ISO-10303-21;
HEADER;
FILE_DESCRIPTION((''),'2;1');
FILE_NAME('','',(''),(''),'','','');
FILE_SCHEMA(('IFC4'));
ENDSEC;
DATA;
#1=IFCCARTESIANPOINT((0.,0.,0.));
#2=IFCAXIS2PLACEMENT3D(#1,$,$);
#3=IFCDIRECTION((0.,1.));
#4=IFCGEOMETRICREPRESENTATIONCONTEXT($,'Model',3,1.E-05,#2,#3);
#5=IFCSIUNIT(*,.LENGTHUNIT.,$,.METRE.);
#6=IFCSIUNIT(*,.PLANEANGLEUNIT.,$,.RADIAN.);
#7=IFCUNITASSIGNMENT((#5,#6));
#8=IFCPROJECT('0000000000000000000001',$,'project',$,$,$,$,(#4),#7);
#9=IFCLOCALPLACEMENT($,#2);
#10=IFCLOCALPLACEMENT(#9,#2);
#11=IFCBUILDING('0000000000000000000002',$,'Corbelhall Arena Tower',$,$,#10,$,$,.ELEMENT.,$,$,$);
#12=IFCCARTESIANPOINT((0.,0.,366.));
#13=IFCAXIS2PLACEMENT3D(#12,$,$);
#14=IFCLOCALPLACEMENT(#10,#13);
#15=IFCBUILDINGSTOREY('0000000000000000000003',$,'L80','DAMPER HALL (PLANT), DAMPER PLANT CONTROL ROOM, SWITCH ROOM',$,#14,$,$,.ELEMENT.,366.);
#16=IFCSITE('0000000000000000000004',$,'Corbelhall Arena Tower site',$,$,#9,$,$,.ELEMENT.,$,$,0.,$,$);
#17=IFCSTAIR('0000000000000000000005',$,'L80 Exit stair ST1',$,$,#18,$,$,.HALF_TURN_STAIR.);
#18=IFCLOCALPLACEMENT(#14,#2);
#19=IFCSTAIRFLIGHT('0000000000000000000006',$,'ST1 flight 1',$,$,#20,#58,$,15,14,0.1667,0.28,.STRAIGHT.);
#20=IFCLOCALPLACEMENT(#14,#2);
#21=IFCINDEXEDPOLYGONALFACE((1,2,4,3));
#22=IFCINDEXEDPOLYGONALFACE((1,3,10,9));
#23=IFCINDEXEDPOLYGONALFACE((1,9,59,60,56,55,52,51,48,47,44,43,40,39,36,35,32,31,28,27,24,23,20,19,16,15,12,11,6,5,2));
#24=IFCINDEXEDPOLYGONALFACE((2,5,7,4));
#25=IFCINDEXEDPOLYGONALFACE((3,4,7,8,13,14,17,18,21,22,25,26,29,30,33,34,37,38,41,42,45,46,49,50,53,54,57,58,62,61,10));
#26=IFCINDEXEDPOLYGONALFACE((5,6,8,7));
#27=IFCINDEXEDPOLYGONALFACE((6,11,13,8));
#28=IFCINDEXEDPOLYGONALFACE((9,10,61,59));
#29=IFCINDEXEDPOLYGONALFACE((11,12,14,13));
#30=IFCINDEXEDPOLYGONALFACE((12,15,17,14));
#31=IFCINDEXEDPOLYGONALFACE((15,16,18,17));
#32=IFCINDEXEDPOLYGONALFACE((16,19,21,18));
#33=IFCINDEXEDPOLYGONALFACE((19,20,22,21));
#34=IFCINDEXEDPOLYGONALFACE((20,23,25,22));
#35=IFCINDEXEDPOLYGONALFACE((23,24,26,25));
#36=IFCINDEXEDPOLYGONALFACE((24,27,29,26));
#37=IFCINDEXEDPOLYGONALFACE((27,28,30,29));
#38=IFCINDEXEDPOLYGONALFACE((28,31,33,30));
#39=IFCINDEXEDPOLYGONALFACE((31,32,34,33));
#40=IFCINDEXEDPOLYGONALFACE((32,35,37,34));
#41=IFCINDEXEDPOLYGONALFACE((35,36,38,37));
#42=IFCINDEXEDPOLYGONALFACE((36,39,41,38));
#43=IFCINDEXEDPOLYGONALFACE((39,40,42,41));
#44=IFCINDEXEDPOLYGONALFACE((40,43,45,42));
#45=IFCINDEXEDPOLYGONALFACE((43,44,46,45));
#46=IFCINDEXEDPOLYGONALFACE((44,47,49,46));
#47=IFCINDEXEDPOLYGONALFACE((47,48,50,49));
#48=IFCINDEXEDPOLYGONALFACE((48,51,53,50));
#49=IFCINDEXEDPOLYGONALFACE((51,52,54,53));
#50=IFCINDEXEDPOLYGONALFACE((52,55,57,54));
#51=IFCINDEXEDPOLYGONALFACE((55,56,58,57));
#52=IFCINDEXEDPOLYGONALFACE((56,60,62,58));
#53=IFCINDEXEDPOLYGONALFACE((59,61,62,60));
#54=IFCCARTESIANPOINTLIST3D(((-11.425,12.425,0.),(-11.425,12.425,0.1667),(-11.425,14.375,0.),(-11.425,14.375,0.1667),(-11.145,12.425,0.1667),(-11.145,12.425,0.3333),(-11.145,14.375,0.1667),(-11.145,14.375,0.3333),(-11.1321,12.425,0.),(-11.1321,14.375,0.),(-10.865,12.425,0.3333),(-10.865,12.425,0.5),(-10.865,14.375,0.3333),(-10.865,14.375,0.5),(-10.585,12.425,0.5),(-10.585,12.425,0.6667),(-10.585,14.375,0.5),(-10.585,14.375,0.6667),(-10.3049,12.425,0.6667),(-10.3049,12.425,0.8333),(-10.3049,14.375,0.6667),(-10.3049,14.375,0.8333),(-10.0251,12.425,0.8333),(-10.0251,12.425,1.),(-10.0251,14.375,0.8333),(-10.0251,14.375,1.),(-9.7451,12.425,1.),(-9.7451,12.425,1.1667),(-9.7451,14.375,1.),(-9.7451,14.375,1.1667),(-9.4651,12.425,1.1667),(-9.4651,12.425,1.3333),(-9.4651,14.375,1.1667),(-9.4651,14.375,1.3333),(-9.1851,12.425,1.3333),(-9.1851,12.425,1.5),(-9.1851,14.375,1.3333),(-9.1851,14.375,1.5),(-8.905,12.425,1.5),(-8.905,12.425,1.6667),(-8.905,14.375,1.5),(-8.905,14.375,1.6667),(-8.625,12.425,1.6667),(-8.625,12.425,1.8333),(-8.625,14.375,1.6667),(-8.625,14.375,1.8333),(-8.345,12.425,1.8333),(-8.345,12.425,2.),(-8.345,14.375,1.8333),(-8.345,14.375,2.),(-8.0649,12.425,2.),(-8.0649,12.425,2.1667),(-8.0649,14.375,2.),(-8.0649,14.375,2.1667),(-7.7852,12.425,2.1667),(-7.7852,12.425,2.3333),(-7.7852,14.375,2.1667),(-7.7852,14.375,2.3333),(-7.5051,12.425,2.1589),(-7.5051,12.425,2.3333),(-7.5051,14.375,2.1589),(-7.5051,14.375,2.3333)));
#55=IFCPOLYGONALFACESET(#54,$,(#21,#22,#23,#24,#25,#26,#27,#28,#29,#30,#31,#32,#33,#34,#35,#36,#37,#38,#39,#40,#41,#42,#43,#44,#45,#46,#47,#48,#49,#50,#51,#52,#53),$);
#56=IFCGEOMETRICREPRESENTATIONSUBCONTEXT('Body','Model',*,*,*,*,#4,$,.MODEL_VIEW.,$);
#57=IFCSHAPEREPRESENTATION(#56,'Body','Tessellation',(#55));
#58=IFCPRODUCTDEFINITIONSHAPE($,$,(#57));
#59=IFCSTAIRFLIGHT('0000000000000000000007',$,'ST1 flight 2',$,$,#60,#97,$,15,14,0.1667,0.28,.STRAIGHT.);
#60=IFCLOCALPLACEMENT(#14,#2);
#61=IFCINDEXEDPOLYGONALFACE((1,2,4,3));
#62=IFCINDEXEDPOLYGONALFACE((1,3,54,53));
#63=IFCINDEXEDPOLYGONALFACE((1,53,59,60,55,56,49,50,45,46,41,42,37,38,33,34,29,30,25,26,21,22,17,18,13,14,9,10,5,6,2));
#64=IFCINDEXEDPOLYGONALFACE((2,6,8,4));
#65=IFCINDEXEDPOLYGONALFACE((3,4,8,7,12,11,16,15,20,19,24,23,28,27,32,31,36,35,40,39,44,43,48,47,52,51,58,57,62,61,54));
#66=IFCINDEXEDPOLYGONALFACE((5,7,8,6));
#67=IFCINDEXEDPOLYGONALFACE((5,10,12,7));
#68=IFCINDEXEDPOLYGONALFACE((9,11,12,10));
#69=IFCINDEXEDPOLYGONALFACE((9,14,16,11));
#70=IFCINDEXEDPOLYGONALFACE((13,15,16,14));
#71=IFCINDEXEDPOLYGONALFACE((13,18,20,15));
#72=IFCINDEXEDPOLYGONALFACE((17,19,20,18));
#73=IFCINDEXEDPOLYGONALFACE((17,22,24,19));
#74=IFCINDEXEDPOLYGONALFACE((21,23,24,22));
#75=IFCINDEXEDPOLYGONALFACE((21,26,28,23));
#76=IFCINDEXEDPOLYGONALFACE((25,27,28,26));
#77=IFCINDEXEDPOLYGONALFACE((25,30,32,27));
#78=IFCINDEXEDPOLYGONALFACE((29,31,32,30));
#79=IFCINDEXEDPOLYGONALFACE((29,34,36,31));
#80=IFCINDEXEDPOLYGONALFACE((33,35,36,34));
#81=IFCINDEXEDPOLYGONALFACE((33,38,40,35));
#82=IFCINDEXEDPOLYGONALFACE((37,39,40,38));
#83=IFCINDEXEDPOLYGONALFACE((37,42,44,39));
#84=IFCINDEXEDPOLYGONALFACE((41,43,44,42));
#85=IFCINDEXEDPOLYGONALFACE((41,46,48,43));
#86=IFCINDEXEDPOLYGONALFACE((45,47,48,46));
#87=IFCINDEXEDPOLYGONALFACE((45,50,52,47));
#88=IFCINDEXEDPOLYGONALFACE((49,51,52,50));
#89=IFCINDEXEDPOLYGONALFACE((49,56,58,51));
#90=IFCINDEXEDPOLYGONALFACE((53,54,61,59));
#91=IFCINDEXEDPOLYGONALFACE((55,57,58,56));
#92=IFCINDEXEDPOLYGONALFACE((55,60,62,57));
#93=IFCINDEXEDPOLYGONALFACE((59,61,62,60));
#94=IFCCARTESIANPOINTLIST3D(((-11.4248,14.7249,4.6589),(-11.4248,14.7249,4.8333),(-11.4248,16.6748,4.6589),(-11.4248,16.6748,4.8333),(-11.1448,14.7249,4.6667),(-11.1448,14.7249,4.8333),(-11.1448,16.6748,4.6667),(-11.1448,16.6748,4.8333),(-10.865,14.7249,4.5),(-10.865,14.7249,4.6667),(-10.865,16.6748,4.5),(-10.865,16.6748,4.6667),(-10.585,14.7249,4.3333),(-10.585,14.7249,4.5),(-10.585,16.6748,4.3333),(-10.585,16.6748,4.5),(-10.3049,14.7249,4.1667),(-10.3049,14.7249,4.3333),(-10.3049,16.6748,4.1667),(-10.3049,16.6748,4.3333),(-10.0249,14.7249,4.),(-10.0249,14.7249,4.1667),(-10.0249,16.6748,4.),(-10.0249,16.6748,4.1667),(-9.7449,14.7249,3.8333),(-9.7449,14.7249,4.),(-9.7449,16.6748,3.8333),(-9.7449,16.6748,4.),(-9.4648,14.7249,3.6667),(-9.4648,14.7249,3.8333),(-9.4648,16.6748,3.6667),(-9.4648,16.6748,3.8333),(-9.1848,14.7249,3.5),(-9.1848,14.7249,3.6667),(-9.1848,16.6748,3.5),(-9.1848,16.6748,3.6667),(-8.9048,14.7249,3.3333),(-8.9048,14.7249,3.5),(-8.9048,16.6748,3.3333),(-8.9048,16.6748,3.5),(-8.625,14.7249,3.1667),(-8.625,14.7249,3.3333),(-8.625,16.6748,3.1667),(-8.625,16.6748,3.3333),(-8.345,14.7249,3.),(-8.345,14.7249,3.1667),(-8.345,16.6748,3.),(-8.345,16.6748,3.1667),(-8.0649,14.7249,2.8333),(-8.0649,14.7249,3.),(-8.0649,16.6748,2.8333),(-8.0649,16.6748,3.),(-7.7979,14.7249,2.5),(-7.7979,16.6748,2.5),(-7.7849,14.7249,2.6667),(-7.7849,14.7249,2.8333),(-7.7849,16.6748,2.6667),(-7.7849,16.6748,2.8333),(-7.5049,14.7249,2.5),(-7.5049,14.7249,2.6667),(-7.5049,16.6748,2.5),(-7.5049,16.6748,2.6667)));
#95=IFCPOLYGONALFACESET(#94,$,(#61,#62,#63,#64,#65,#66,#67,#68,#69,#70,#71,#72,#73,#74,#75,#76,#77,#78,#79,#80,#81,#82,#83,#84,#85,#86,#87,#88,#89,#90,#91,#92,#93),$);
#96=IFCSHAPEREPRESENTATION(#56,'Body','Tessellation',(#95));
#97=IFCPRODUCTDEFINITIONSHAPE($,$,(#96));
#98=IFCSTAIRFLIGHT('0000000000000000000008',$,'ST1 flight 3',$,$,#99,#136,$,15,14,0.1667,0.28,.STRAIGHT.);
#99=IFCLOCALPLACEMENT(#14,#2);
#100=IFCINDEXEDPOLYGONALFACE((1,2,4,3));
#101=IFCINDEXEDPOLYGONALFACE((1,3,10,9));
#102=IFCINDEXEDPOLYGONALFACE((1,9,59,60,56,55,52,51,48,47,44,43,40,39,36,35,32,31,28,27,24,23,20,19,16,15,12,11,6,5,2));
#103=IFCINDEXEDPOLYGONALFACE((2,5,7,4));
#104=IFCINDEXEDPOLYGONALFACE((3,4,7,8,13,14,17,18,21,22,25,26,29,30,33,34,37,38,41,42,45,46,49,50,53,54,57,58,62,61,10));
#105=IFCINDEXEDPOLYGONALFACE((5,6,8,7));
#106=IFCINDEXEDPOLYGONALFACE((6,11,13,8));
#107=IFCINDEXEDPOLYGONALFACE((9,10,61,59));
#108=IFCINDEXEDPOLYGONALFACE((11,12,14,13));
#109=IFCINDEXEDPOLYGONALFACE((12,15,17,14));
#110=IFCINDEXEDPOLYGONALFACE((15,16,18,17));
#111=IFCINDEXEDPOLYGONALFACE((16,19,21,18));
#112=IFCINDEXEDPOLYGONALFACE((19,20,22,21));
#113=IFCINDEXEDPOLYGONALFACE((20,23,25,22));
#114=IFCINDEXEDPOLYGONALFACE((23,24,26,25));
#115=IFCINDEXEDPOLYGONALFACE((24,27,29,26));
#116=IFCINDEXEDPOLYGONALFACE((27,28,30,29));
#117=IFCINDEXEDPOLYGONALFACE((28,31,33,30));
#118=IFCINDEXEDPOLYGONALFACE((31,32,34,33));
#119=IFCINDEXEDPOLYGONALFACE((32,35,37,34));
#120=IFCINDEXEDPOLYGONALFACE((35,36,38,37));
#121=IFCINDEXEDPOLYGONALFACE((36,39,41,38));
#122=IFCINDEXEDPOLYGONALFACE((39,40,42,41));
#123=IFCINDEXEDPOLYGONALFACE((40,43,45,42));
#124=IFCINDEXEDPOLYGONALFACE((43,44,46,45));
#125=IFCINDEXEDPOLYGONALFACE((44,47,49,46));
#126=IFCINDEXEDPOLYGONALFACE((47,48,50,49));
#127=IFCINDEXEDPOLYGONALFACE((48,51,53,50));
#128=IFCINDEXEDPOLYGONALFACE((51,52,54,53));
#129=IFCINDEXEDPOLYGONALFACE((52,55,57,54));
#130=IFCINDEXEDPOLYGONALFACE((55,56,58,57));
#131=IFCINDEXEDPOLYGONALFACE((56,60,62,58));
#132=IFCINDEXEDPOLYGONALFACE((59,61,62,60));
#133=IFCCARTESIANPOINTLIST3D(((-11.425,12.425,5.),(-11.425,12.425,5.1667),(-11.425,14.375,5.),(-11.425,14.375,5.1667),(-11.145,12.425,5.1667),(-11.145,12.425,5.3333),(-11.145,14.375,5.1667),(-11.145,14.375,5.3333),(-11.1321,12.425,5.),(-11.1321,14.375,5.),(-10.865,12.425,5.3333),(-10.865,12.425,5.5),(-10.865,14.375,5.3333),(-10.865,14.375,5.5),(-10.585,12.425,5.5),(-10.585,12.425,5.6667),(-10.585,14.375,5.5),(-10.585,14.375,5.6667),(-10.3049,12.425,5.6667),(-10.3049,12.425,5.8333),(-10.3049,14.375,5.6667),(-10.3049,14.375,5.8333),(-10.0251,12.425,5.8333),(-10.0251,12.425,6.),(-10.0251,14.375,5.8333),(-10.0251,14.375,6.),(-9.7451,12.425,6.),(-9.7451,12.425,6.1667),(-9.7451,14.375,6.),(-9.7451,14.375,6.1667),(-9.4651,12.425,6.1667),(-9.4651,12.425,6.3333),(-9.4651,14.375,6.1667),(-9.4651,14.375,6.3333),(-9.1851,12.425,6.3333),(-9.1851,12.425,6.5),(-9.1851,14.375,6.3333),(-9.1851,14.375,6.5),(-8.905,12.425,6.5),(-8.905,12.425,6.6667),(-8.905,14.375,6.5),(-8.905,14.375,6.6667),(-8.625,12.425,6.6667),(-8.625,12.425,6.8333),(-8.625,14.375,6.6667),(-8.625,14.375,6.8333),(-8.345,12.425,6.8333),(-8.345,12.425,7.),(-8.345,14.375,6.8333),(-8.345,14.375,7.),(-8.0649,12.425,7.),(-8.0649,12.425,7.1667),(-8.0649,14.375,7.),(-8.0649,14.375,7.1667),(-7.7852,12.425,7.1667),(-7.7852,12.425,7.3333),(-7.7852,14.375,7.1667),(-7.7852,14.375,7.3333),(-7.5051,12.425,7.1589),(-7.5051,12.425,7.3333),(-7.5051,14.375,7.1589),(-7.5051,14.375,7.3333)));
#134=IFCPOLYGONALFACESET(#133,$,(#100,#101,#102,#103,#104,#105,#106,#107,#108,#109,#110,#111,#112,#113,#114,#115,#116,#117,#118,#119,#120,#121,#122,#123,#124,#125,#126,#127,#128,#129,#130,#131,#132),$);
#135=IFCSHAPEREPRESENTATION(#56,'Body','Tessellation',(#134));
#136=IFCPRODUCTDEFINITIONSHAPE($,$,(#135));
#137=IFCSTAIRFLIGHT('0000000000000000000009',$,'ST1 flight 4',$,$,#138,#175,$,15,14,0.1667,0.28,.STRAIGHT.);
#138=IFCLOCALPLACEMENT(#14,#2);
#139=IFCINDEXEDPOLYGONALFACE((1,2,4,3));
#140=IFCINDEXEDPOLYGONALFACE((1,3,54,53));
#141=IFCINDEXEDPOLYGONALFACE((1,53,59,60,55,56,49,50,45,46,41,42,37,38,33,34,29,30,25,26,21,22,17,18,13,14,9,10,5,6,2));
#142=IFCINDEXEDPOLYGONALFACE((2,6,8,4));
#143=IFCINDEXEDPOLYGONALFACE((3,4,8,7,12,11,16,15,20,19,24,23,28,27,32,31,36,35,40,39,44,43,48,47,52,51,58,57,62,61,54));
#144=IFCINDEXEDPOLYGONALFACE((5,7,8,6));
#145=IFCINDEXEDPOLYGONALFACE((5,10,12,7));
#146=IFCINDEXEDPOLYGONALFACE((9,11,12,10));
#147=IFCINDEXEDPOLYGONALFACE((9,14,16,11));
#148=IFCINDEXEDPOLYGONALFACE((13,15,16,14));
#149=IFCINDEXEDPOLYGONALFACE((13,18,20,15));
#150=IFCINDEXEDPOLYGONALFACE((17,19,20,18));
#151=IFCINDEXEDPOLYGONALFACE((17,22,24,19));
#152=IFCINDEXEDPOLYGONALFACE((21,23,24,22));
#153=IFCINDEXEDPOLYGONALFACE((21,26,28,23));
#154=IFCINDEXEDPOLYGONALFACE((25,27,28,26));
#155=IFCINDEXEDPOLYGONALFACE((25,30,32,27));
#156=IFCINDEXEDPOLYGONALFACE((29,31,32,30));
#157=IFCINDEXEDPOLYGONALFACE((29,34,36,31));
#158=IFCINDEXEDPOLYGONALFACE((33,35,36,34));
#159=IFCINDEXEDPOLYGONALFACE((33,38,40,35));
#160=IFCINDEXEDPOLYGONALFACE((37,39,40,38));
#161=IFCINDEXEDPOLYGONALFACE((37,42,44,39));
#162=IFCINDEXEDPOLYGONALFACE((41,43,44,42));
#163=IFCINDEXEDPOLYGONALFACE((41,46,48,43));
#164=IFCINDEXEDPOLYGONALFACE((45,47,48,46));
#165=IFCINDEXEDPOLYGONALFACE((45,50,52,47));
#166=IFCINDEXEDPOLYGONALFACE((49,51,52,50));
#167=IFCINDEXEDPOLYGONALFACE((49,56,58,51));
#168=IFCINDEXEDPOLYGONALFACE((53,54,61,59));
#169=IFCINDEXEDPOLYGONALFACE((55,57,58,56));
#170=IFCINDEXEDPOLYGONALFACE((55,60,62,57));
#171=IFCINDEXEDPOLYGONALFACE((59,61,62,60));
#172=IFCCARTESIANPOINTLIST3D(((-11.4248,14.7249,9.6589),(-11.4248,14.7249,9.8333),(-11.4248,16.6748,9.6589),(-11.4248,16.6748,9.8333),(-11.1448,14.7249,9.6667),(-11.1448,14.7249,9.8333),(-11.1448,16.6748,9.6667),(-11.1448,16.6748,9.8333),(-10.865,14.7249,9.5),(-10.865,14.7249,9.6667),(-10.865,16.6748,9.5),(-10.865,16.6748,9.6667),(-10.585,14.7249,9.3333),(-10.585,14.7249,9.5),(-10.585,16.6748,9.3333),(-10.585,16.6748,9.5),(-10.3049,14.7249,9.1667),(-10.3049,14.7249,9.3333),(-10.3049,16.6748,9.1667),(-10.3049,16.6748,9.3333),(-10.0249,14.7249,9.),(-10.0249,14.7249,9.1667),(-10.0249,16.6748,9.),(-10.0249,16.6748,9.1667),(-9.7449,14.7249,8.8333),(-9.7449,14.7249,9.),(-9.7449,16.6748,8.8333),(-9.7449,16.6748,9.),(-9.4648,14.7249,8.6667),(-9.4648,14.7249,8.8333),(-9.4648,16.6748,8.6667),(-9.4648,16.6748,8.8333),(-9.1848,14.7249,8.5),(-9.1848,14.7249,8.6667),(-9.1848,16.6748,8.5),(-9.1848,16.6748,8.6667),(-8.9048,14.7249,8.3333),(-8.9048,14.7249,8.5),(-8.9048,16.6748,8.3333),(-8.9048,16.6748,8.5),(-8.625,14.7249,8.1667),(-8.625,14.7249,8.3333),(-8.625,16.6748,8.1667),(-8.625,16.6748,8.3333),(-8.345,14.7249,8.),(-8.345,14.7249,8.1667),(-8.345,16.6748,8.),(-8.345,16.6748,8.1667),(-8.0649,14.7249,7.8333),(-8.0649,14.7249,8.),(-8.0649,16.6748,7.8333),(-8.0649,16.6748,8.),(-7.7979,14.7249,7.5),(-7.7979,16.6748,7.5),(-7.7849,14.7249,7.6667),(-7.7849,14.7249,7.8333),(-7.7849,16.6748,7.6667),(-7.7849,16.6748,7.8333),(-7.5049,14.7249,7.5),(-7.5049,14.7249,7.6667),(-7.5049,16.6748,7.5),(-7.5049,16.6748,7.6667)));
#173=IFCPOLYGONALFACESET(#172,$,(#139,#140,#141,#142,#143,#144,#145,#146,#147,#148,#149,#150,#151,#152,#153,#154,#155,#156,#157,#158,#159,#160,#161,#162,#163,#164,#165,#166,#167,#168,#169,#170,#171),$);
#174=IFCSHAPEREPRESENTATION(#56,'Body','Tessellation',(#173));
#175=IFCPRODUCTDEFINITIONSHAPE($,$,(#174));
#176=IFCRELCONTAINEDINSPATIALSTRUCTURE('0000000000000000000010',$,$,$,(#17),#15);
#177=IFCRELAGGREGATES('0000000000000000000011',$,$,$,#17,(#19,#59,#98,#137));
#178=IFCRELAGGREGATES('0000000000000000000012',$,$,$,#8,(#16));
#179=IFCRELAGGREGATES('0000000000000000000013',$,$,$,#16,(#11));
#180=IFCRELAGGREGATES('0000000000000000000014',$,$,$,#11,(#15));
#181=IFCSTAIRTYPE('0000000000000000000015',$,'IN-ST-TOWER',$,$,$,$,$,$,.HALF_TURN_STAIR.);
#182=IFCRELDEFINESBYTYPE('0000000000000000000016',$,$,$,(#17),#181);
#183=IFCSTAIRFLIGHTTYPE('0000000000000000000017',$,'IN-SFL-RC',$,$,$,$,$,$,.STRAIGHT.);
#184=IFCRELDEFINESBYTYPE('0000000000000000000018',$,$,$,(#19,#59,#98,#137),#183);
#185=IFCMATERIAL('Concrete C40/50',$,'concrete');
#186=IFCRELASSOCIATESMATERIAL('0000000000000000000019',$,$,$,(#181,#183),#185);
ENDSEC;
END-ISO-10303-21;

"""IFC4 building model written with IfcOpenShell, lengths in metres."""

from ifc_helpers import new_model, si_unit, direction, frame, origin, place, context, subcontext, project, spatial, polyline, outline, extrude, material, type_object, element, aggregate, save


model = new_model("IFC4")

# Units and contexts
model_context = context("Model", 3, precision=1e-05, world=origin(), true_north=direction((0.0, 1.0)))
body_context = subcontext(model_context, "Body", "Model", "MODEL_VIEW")
ifc_project = project(units=[si_unit("LENGTHUNIT", "METRE"), si_unit("PLANEANGLEUNIT", "RADIAN")], contexts=[model_context])

# Site, building, storey
site_placement = place(None, origin())
site = spatial("IfcSite", under=ifc_project, at=site_placement, Name="Corbelhall Arena Tower site", CompositionType="ELEMENT", RefElevation=0.0)
building_placement = place(site_placement, origin())
building = spatial("IfcBuilding", under=site, at=building_placement, Name="Corbelhall Arena Tower", CompositionType="ELEMENT")
storey_placement = place(building_placement, frame((0.0, 0.0, 366.0)))
storey = spatial("IfcBuildingStorey", under=building, at=storey_placement, Name="L80", Description="DAMPER HALL (PLANT), DAMPER PLANT CONTROL ROOM, SWITCH ROOM", CompositionType="ELEMENT", Elevation=366.0)

# Shared definitions
ifc_material_1 = material(Name="Concrete C40/50", Category="concrete")

# Stair, stair flights
stair_type = type_object("IfcStairType", Name="IN-ST-TOWER", PredefinedType="HALF_TURN_STAIR", material=ifc_material_1)
stair_placement = place(storey_placement, origin())
stair = element("IfcStair", 1, at=stair_placement, inside=storey, type_object=stair_type, Name="L80 Exit stair ST1", PredefinedType="HALF_TURN_STAIR")
stair_flight_type = type_object("IfcStairFlightType", Name="IN-SFL-RC", PredefinedType="STRAIGHT", material=ifc_material_1)
stair_flight_1_placement = place(storey_placement, frame((-11.425, 13.3999, 0.0), z_axis=(0.0, 0.0, 1.0), x_axis=(1.0, 0.0, 0.0)))
stair_flight_1 = element("IfcStairFlight", 2, at=stair_flight_1_placement, type_object=stair_flight_type, Name="ST1 flight 1", NumberOfRisers=15, NumberOfTreads=14, PredefinedType="STRAIGHT", RiserHeight=0.1667, TreadLength=0.28, context=body_context, shape_type="SweptSolid", body=[
    extrude(outline(polyline([(0.0, 0.0), (0.0, 0.1667), (0.28, 0.1667), (0.28, 0.3333), (0.5601, 0.3333), (0.5601, 0.5), (0.8401, 0.5), (0.8401, 0.6667), (1.1201, 0.6667), (1.1201, 0.8333), (1.3999, 0.8333), (1.3999, 1.0), (1.6799, 1.0), (1.6799, 1.1667), (1.96, 1.1667), (1.96, 1.3333), (2.24, 1.3333), (2.24, 1.5), (2.52, 1.5), (2.52, 1.6667), (2.8, 1.6667), (2.8, 1.8333), (3.0801, 1.8333), (3.0801, 2.0), (3.3601, 2.0), (3.3601, 2.1667), (3.6399, 2.1667), (3.6399, 2.3333), (3.9199, 2.3333), (3.9199, 2.5), (3.9199, 2.1589), (0.293, 0.0), (0.0, 0.0)])), frame((0.0, 0.9751, 0.0), z_axis=(0.0, -1.0, 0.0), x_axis=(1.0, 0.0, 0.0)), (0.0, 0.0, 1.0), 1.95),
])
stair_flight_2_placement = place(storey_placement, frame((-7.5049, 15.7, 2.5), z_axis=(0.0, 0.0, 1.0), x_axis=(-1.0, 0.0, 0.0)))
stair_flight_2 = element("IfcStairFlight", 3, at=stair_flight_2_placement, type_object=stair_flight_type, Name="ST1 flight 2", NumberOfRisers=15, NumberOfTreads=14, PredefinedType="STRAIGHT", RiserHeight=0.1667, TreadLength=0.28, context=body_context, shape_type="SweptSolid", body=[
    extrude(outline(polyline([(0.0, 0.0), (0.0, 0.1667), (0.28, 0.1667), (0.28, 0.3333), (0.5601, 0.3333), (0.5601, 0.5), (0.8401, 0.5), (0.8401, 0.6667), (1.1201, 0.6667), (1.1201, 0.8333), (1.3999, 0.8333), (1.3999, 1.0), (1.6799, 1.0), (1.6799, 1.1667), (1.96, 1.1667), (1.96, 1.3333), (2.24, 1.3333), (2.24, 1.5), (2.52, 1.5), (2.52, 1.6667), (2.8, 1.6667), (2.8, 1.8333), (3.0801, 1.8333), (3.0801, 2.0), (3.3601, 2.0), (3.3601, 2.1667), (3.6399, 2.1667), (3.6399, 2.3333), (3.9199, 2.3333), (3.9199, 2.5), (3.9199, 2.1589), (0.293, 0.0), (0.0, 0.0)])), frame((0.0, 0.9751, 0.0), z_axis=(0.0, -1.0, 0.0), x_axis=(1.0, 0.0, 0.0)), (0.0, 0.0, 1.0), 1.95),
])
stair_flight_3_placement = place(storey_placement, frame((-11.425, 13.3999, 5.0), z_axis=(0.0, 0.0, 1.0), x_axis=(1.0, 0.0, 0.0)))
stair_flight_3 = element("IfcStairFlight", 4, at=stair_flight_3_placement, type_object=stair_flight_type, Name="ST1 flight 3", NumberOfRisers=15, NumberOfTreads=14, PredefinedType="STRAIGHT", RiserHeight=0.1667, TreadLength=0.28, context=body_context, shape_type="SweptSolid", body=[
    extrude(outline(polyline([(0.0, 0.0), (0.0, 0.1667), (0.28, 0.1667), (0.28, 0.3333), (0.5601, 0.3333), (0.5601, 0.5), (0.8401, 0.5), (0.8401, 0.6667), (1.1201, 0.6667), (1.1201, 0.8333), (1.3999, 0.8333), (1.3999, 1.0), (1.6799, 1.0), (1.6799, 1.1667), (1.96, 1.1667), (1.96, 1.3333), (2.24, 1.3333), (2.24, 1.5), (2.52, 1.5), (2.52, 1.6667), (2.8, 1.6667), (2.8, 1.8333), (3.0801, 1.8333), (3.0801, 2.0), (3.3601, 2.0), (3.3601, 2.1667), (3.6399, 2.1667), (3.6399, 2.3333), (3.9199, 2.3333), (3.9199, 2.5), (3.9199, 2.1589), (0.293, 0.0), (0.0, 0.0)])), frame((0.0, 0.9751, 0.0), z_axis=(0.0, -1.0, 0.0), x_axis=(1.0, 0.0, 0.0)), (0.0, 0.0, 1.0), 1.95),
])
stair_flight_4_placement = place(storey_placement, frame((-7.5049, 15.7, 7.5), z_axis=(0.0, 0.0, 1.0), x_axis=(-1.0, 0.0, 0.0)))
stair_flight_4 = element("IfcStairFlight", 5, at=stair_flight_4_placement, type_object=stair_flight_type, Name="ST1 flight 4", NumberOfRisers=15, NumberOfTreads=14, PredefinedType="STRAIGHT", RiserHeight=0.1667, TreadLength=0.28, context=body_context, shape_type="SweptSolid", body=[
    extrude(outline(polyline([(0.0, 0.0), (0.0, 0.1667), (0.28, 0.1667), (0.28, 0.3333), (0.5601, 0.3333), (0.5601, 0.5), (0.8401, 0.5), (0.8401, 0.6667), (1.1201, 0.6667), (1.1201, 0.8333), (1.3999, 0.8333), (1.3999, 1.0), (1.6799, 1.0), (1.6799, 1.1667), (1.96, 1.1667), (1.96, 1.3333), (2.24, 1.3333), (2.24, 1.5), (2.52, 1.5), (2.52, 1.6667), (2.8, 1.6667), (2.8, 1.8333), (3.0801, 1.8333), (3.0801, 2.0), (3.3601, 2.0), (3.3601, 2.1667), (3.6399, 2.1667), (3.6399, 2.3333), (3.9199, 2.3333), (3.9199, 2.5), (3.9199, 2.1589), (0.293, 0.0), (0.0, 0.0)])), frame((0.0, 0.9751, 0.0), z_axis=(0.0, -1.0, 0.0), x_axis=(1.0, 0.0, 0.0)), (0.0, 0.0, 1.0), 1.95),
])
aggregate(stair, [stair_flight_1, stair_flight_2, stair_flight_3, stair_flight_4])

save(model, "model.ifc")
